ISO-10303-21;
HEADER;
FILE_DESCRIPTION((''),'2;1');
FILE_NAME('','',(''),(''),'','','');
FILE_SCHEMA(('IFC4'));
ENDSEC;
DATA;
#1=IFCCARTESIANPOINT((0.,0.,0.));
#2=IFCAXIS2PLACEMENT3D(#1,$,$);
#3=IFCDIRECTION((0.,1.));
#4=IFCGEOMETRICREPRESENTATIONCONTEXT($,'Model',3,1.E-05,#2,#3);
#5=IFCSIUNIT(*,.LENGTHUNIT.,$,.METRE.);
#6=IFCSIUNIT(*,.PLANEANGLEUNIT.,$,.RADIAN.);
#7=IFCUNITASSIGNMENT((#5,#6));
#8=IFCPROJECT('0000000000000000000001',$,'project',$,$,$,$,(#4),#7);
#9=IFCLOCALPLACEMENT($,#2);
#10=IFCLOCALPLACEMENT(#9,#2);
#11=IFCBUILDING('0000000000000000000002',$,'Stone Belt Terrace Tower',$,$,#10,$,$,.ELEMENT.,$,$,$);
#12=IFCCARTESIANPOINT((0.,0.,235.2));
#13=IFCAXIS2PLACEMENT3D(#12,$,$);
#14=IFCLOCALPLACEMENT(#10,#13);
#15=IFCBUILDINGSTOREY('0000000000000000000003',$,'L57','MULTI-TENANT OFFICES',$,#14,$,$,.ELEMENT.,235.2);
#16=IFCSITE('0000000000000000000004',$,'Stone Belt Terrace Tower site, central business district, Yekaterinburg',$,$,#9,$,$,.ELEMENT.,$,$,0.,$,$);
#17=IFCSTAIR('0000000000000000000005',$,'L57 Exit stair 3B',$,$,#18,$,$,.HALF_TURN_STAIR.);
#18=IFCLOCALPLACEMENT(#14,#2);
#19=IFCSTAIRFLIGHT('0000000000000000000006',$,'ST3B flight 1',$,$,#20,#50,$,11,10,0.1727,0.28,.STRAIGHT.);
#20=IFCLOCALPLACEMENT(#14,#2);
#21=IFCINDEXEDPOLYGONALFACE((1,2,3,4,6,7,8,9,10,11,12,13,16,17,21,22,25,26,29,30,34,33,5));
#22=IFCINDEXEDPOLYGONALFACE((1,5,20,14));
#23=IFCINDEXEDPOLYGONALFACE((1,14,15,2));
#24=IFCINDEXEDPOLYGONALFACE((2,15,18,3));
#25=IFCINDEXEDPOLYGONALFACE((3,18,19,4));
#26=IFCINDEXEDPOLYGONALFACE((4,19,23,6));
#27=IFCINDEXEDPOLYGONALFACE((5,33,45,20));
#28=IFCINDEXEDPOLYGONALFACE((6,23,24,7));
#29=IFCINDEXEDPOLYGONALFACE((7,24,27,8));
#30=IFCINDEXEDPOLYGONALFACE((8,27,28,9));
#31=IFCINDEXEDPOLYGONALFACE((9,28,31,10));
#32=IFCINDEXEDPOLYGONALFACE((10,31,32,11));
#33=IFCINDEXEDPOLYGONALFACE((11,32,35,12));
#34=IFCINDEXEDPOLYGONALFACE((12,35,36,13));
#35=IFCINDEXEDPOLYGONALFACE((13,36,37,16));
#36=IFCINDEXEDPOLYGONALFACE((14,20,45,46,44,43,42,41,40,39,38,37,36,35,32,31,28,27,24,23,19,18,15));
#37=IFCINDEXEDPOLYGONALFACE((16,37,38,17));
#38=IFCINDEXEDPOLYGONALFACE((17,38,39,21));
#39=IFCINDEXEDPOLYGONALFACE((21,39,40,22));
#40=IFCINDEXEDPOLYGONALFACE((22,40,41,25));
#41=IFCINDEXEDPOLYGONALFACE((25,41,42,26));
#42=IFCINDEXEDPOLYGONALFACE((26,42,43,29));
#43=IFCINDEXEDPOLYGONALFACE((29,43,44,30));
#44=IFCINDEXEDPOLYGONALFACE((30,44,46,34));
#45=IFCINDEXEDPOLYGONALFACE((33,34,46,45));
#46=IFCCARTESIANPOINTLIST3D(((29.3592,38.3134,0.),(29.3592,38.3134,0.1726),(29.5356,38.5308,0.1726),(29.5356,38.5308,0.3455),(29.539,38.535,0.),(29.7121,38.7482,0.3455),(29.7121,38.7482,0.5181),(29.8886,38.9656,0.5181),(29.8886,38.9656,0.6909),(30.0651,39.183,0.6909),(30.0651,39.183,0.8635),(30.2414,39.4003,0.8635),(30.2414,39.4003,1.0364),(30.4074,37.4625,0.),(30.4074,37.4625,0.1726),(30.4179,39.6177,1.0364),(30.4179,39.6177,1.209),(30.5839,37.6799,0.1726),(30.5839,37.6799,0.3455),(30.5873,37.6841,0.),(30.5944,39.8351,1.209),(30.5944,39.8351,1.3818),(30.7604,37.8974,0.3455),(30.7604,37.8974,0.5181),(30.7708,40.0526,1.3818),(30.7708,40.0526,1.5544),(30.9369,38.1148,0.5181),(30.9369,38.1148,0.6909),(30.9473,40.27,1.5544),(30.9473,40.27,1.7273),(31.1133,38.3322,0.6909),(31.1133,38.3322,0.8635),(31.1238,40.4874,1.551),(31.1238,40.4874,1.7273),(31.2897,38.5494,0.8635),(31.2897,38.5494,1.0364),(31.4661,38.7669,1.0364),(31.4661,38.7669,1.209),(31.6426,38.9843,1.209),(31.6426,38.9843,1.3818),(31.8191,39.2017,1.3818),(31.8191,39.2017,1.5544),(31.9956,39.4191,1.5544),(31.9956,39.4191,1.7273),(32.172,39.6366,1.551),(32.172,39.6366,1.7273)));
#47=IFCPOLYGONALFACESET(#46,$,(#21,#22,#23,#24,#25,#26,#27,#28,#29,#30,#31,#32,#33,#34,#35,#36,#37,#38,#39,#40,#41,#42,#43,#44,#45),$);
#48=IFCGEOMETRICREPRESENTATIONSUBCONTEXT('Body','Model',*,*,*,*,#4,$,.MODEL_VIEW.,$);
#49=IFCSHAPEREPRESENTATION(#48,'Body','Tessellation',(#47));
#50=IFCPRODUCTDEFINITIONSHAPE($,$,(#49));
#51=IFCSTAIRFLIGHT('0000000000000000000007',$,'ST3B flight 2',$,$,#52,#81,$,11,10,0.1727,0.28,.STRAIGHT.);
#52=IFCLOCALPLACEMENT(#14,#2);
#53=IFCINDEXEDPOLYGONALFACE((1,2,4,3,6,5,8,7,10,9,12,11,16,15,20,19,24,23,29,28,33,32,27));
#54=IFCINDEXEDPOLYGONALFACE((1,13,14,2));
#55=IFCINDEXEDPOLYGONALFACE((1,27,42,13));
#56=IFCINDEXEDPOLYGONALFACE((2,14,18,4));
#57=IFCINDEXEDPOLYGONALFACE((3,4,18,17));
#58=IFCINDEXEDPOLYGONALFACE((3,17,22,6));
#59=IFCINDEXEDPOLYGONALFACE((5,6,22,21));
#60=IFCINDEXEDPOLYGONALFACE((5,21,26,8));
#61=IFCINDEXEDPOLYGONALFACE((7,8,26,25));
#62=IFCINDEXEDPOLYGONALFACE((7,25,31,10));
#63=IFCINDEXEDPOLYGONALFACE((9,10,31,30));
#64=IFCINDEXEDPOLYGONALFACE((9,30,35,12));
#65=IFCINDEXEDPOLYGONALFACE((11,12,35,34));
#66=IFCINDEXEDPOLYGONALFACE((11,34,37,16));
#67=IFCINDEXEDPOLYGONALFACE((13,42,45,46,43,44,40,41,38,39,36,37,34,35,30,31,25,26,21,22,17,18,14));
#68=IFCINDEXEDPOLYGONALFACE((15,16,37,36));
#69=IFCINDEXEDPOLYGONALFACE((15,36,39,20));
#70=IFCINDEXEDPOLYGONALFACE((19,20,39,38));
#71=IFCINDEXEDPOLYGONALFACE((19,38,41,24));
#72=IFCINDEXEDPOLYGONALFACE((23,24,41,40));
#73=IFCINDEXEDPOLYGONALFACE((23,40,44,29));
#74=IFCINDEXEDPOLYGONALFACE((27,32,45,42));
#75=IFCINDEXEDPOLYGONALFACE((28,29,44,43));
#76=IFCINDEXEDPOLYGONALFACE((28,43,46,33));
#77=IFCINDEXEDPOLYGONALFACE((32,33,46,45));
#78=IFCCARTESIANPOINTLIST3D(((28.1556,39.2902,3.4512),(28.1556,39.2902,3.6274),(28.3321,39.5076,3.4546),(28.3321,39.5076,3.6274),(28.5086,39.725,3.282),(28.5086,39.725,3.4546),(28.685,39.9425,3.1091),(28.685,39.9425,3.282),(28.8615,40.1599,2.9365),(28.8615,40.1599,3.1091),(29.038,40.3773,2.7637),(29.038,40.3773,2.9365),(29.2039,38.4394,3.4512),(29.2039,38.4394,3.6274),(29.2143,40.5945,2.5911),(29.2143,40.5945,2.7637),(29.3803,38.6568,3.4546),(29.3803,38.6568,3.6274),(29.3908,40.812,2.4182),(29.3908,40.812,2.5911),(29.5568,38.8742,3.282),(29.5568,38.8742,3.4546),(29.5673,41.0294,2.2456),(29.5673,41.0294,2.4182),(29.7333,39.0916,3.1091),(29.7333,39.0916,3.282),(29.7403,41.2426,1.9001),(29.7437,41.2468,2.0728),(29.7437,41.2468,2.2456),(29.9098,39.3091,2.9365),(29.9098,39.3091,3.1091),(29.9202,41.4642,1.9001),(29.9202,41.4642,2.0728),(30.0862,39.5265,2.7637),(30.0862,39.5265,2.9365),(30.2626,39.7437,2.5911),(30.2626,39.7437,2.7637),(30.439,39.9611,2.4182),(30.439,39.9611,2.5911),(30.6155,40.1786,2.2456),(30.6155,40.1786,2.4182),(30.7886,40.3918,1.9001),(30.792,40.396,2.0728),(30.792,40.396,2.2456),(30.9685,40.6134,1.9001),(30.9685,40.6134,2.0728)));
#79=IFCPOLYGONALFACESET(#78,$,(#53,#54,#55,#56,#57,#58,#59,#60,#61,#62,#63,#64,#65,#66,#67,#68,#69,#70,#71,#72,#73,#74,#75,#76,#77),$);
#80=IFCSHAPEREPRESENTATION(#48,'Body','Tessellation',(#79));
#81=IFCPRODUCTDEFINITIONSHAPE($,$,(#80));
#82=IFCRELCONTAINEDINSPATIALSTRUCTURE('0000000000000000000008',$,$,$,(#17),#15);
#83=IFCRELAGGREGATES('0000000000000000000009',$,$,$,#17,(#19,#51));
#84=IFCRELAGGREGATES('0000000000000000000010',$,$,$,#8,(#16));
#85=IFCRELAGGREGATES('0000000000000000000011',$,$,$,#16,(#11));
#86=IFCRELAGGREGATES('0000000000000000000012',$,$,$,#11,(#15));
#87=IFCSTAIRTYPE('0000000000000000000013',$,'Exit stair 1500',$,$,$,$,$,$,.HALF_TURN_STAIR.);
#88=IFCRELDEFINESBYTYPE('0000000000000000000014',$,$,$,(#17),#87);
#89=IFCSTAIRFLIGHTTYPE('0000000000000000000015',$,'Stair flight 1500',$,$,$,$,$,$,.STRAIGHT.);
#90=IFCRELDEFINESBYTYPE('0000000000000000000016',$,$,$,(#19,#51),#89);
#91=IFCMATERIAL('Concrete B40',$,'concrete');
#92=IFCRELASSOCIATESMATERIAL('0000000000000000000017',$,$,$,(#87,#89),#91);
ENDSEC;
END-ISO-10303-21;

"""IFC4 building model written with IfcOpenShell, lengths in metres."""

from ifc_helpers import new_model, si_unit, direction, frame, origin, place, context, subcontext, project, spatial, polyline, outline, extrude, material, type_object, element, aggregate, save


model = new_model("IFC4")

# Units and contexts
model_context = context("Model", 3, precision=1e-05, world=origin(), true_north=direction((0.0, 1.0)))
body_context = subcontext(model_context, "Body", "Model", "MODEL_VIEW")
ifc_project = project(units=[si_unit("LENGTHUNIT", "METRE"), si_unit("PLANEANGLEUNIT", "RADIAN")], contexts=[model_context])

# Site, building, storey
site_placement = place(None, origin())
site = spatial("IfcSite", under=ifc_project, at=site_placement, Name="Stone Belt Terrace Tower site, central business district, Yekaterinburg", CompositionType="ELEMENT", RefElevation=0.0)
building_placement = place(site_placement, origin())
building = spatial("IfcBuilding", under=site, at=building_placement, Name="Stone Belt Terrace Tower", CompositionType="ELEMENT")
storey_placement = place(building_placement, frame((0.0, 0.0, 235.2)))
storey = spatial("IfcBuildingStorey", under=building, at=storey_placement, Name="L57", Description="MULTI-TENANT OFFICES", CompositionType="ELEMENT", Elevation=235.2)

# Stair, stair flights
ifc_material_1 = material(Name="Concrete B40", Category="concrete")
stair_type = type_object("IfcStairType", Name="Exit stair 1500", PredefinedType="HALF_TURN_STAIR", material=ifc_material_1)
stair_placement = place(storey_placement, origin())
stair = element("IfcStair", 1, at=stair_placement, inside=storey, type_object=stair_type, Name="L57 Exit stair 3B", PredefinedType="HALF_TURN_STAIR")
stair_flight_type = type_object("IfcStairFlightType", Name="Stair flight 1500", PredefinedType="STRAIGHT", material=ifc_material_1)
stair_flight_1_placement = place(storey_placement, frame((29.8833, 37.8879, 0.0), z_axis=(0.0, 0.0, 1.0), x_axis=(0.630206, 0.776428, 0.0)))
stair_flight_1 = element("IfcStairFlight", 2, at=stair_flight_1_placement, type_object=stair_flight_type, Name="ST3B flight 1", NumberOfRisers=11, NumberOfTreads=10, PredefinedType="STRAIGHT", RiserHeight=0.1727, TreadLength=0.28, context=body_context, shape_type="SweptSolid", body=[
    extrude(outline(polyline([(0.0, 0.0), (0.0, 0.1726), (0.28, 0.1726), (0.28, 0.3455), (0.5601, 0.3455), (0.5601, 0.5181), (0.8401, 0.5181), (0.8401, 0.6909), (1.1201, 0.6909), (1.1201, 0.8635), (1.3999, 0.8635), (1.3999, 1.0364), (1.6799, 1.0364), (1.6799, 1.209), (1.96, 1.209), (1.96, 1.3818), (2.24, 1.3818), (2.24, 1.5544), (2.52, 1.5544), (2.52, 1.7273), (2.8, 1.7273), (2.8, 1.8999), (2.8, 1.551), (0.2854, 0.0), (0.0, 0.0)])), frame((0.0, 0.675, 0.0), z_axis=(0.0, -1.0, 0.0), x_axis=(1.0, 0.0, 0.0)), (0.0, 0.0, 1.0), 1.3501),
])
stair_flight_2_placement = place(storey_placement, frame((30.4443, 41.0388, 1.9001), z_axis=(0.0, 0.0, 1.0), x_axis=(-0.630206, -0.776428, 0.0)))
stair_flight_2 = element("IfcStairFlight", 3, at=stair_flight_2_placement, type_object=stair_flight_type, Name="ST3B flight 2", NumberOfRisers=11, NumberOfTreads=10, PredefinedType="STRAIGHT", RiserHeight=0.1727, TreadLength=0.28, context=body_context, shape_type="SweptSolid", body=[
    extrude(outline(polyline([(0.0, 0.0), (0.0, 0.1726), (0.28, 0.1726), (0.28, 0.3455), (0.5601, 0.3455), (0.5601, 0.5181), (0.8401, 0.5181), (0.8401, 0.6909), (1.1201, 0.6909), (1.1201, 0.8635), (1.3999, 0.8635), (1.3999, 1.0364), (1.6799, 1.0364), (1.6799, 1.209), (1.96, 1.209), (1.96, 1.3818), (2.24, 1.3818), (2.24, 1.5544), (2.52, 1.5544), (2.52, 1.7273), (2.8, 1.7273), (2.8, 1.8999), (2.8, 1.551), (0.2854, 0.0), (0.0, 0.0)])), frame((0.0, 0.675, 0.0), z_axis=(0.0, -1.0, 0.0), x_axis=(1.0, 0.0, 0.0)), (0.0, 0.0, 1.0), 1.3501),
])
aggregate(stair, [stair_flight_1, stair_flight_2])

save(model, "model.ifc")
